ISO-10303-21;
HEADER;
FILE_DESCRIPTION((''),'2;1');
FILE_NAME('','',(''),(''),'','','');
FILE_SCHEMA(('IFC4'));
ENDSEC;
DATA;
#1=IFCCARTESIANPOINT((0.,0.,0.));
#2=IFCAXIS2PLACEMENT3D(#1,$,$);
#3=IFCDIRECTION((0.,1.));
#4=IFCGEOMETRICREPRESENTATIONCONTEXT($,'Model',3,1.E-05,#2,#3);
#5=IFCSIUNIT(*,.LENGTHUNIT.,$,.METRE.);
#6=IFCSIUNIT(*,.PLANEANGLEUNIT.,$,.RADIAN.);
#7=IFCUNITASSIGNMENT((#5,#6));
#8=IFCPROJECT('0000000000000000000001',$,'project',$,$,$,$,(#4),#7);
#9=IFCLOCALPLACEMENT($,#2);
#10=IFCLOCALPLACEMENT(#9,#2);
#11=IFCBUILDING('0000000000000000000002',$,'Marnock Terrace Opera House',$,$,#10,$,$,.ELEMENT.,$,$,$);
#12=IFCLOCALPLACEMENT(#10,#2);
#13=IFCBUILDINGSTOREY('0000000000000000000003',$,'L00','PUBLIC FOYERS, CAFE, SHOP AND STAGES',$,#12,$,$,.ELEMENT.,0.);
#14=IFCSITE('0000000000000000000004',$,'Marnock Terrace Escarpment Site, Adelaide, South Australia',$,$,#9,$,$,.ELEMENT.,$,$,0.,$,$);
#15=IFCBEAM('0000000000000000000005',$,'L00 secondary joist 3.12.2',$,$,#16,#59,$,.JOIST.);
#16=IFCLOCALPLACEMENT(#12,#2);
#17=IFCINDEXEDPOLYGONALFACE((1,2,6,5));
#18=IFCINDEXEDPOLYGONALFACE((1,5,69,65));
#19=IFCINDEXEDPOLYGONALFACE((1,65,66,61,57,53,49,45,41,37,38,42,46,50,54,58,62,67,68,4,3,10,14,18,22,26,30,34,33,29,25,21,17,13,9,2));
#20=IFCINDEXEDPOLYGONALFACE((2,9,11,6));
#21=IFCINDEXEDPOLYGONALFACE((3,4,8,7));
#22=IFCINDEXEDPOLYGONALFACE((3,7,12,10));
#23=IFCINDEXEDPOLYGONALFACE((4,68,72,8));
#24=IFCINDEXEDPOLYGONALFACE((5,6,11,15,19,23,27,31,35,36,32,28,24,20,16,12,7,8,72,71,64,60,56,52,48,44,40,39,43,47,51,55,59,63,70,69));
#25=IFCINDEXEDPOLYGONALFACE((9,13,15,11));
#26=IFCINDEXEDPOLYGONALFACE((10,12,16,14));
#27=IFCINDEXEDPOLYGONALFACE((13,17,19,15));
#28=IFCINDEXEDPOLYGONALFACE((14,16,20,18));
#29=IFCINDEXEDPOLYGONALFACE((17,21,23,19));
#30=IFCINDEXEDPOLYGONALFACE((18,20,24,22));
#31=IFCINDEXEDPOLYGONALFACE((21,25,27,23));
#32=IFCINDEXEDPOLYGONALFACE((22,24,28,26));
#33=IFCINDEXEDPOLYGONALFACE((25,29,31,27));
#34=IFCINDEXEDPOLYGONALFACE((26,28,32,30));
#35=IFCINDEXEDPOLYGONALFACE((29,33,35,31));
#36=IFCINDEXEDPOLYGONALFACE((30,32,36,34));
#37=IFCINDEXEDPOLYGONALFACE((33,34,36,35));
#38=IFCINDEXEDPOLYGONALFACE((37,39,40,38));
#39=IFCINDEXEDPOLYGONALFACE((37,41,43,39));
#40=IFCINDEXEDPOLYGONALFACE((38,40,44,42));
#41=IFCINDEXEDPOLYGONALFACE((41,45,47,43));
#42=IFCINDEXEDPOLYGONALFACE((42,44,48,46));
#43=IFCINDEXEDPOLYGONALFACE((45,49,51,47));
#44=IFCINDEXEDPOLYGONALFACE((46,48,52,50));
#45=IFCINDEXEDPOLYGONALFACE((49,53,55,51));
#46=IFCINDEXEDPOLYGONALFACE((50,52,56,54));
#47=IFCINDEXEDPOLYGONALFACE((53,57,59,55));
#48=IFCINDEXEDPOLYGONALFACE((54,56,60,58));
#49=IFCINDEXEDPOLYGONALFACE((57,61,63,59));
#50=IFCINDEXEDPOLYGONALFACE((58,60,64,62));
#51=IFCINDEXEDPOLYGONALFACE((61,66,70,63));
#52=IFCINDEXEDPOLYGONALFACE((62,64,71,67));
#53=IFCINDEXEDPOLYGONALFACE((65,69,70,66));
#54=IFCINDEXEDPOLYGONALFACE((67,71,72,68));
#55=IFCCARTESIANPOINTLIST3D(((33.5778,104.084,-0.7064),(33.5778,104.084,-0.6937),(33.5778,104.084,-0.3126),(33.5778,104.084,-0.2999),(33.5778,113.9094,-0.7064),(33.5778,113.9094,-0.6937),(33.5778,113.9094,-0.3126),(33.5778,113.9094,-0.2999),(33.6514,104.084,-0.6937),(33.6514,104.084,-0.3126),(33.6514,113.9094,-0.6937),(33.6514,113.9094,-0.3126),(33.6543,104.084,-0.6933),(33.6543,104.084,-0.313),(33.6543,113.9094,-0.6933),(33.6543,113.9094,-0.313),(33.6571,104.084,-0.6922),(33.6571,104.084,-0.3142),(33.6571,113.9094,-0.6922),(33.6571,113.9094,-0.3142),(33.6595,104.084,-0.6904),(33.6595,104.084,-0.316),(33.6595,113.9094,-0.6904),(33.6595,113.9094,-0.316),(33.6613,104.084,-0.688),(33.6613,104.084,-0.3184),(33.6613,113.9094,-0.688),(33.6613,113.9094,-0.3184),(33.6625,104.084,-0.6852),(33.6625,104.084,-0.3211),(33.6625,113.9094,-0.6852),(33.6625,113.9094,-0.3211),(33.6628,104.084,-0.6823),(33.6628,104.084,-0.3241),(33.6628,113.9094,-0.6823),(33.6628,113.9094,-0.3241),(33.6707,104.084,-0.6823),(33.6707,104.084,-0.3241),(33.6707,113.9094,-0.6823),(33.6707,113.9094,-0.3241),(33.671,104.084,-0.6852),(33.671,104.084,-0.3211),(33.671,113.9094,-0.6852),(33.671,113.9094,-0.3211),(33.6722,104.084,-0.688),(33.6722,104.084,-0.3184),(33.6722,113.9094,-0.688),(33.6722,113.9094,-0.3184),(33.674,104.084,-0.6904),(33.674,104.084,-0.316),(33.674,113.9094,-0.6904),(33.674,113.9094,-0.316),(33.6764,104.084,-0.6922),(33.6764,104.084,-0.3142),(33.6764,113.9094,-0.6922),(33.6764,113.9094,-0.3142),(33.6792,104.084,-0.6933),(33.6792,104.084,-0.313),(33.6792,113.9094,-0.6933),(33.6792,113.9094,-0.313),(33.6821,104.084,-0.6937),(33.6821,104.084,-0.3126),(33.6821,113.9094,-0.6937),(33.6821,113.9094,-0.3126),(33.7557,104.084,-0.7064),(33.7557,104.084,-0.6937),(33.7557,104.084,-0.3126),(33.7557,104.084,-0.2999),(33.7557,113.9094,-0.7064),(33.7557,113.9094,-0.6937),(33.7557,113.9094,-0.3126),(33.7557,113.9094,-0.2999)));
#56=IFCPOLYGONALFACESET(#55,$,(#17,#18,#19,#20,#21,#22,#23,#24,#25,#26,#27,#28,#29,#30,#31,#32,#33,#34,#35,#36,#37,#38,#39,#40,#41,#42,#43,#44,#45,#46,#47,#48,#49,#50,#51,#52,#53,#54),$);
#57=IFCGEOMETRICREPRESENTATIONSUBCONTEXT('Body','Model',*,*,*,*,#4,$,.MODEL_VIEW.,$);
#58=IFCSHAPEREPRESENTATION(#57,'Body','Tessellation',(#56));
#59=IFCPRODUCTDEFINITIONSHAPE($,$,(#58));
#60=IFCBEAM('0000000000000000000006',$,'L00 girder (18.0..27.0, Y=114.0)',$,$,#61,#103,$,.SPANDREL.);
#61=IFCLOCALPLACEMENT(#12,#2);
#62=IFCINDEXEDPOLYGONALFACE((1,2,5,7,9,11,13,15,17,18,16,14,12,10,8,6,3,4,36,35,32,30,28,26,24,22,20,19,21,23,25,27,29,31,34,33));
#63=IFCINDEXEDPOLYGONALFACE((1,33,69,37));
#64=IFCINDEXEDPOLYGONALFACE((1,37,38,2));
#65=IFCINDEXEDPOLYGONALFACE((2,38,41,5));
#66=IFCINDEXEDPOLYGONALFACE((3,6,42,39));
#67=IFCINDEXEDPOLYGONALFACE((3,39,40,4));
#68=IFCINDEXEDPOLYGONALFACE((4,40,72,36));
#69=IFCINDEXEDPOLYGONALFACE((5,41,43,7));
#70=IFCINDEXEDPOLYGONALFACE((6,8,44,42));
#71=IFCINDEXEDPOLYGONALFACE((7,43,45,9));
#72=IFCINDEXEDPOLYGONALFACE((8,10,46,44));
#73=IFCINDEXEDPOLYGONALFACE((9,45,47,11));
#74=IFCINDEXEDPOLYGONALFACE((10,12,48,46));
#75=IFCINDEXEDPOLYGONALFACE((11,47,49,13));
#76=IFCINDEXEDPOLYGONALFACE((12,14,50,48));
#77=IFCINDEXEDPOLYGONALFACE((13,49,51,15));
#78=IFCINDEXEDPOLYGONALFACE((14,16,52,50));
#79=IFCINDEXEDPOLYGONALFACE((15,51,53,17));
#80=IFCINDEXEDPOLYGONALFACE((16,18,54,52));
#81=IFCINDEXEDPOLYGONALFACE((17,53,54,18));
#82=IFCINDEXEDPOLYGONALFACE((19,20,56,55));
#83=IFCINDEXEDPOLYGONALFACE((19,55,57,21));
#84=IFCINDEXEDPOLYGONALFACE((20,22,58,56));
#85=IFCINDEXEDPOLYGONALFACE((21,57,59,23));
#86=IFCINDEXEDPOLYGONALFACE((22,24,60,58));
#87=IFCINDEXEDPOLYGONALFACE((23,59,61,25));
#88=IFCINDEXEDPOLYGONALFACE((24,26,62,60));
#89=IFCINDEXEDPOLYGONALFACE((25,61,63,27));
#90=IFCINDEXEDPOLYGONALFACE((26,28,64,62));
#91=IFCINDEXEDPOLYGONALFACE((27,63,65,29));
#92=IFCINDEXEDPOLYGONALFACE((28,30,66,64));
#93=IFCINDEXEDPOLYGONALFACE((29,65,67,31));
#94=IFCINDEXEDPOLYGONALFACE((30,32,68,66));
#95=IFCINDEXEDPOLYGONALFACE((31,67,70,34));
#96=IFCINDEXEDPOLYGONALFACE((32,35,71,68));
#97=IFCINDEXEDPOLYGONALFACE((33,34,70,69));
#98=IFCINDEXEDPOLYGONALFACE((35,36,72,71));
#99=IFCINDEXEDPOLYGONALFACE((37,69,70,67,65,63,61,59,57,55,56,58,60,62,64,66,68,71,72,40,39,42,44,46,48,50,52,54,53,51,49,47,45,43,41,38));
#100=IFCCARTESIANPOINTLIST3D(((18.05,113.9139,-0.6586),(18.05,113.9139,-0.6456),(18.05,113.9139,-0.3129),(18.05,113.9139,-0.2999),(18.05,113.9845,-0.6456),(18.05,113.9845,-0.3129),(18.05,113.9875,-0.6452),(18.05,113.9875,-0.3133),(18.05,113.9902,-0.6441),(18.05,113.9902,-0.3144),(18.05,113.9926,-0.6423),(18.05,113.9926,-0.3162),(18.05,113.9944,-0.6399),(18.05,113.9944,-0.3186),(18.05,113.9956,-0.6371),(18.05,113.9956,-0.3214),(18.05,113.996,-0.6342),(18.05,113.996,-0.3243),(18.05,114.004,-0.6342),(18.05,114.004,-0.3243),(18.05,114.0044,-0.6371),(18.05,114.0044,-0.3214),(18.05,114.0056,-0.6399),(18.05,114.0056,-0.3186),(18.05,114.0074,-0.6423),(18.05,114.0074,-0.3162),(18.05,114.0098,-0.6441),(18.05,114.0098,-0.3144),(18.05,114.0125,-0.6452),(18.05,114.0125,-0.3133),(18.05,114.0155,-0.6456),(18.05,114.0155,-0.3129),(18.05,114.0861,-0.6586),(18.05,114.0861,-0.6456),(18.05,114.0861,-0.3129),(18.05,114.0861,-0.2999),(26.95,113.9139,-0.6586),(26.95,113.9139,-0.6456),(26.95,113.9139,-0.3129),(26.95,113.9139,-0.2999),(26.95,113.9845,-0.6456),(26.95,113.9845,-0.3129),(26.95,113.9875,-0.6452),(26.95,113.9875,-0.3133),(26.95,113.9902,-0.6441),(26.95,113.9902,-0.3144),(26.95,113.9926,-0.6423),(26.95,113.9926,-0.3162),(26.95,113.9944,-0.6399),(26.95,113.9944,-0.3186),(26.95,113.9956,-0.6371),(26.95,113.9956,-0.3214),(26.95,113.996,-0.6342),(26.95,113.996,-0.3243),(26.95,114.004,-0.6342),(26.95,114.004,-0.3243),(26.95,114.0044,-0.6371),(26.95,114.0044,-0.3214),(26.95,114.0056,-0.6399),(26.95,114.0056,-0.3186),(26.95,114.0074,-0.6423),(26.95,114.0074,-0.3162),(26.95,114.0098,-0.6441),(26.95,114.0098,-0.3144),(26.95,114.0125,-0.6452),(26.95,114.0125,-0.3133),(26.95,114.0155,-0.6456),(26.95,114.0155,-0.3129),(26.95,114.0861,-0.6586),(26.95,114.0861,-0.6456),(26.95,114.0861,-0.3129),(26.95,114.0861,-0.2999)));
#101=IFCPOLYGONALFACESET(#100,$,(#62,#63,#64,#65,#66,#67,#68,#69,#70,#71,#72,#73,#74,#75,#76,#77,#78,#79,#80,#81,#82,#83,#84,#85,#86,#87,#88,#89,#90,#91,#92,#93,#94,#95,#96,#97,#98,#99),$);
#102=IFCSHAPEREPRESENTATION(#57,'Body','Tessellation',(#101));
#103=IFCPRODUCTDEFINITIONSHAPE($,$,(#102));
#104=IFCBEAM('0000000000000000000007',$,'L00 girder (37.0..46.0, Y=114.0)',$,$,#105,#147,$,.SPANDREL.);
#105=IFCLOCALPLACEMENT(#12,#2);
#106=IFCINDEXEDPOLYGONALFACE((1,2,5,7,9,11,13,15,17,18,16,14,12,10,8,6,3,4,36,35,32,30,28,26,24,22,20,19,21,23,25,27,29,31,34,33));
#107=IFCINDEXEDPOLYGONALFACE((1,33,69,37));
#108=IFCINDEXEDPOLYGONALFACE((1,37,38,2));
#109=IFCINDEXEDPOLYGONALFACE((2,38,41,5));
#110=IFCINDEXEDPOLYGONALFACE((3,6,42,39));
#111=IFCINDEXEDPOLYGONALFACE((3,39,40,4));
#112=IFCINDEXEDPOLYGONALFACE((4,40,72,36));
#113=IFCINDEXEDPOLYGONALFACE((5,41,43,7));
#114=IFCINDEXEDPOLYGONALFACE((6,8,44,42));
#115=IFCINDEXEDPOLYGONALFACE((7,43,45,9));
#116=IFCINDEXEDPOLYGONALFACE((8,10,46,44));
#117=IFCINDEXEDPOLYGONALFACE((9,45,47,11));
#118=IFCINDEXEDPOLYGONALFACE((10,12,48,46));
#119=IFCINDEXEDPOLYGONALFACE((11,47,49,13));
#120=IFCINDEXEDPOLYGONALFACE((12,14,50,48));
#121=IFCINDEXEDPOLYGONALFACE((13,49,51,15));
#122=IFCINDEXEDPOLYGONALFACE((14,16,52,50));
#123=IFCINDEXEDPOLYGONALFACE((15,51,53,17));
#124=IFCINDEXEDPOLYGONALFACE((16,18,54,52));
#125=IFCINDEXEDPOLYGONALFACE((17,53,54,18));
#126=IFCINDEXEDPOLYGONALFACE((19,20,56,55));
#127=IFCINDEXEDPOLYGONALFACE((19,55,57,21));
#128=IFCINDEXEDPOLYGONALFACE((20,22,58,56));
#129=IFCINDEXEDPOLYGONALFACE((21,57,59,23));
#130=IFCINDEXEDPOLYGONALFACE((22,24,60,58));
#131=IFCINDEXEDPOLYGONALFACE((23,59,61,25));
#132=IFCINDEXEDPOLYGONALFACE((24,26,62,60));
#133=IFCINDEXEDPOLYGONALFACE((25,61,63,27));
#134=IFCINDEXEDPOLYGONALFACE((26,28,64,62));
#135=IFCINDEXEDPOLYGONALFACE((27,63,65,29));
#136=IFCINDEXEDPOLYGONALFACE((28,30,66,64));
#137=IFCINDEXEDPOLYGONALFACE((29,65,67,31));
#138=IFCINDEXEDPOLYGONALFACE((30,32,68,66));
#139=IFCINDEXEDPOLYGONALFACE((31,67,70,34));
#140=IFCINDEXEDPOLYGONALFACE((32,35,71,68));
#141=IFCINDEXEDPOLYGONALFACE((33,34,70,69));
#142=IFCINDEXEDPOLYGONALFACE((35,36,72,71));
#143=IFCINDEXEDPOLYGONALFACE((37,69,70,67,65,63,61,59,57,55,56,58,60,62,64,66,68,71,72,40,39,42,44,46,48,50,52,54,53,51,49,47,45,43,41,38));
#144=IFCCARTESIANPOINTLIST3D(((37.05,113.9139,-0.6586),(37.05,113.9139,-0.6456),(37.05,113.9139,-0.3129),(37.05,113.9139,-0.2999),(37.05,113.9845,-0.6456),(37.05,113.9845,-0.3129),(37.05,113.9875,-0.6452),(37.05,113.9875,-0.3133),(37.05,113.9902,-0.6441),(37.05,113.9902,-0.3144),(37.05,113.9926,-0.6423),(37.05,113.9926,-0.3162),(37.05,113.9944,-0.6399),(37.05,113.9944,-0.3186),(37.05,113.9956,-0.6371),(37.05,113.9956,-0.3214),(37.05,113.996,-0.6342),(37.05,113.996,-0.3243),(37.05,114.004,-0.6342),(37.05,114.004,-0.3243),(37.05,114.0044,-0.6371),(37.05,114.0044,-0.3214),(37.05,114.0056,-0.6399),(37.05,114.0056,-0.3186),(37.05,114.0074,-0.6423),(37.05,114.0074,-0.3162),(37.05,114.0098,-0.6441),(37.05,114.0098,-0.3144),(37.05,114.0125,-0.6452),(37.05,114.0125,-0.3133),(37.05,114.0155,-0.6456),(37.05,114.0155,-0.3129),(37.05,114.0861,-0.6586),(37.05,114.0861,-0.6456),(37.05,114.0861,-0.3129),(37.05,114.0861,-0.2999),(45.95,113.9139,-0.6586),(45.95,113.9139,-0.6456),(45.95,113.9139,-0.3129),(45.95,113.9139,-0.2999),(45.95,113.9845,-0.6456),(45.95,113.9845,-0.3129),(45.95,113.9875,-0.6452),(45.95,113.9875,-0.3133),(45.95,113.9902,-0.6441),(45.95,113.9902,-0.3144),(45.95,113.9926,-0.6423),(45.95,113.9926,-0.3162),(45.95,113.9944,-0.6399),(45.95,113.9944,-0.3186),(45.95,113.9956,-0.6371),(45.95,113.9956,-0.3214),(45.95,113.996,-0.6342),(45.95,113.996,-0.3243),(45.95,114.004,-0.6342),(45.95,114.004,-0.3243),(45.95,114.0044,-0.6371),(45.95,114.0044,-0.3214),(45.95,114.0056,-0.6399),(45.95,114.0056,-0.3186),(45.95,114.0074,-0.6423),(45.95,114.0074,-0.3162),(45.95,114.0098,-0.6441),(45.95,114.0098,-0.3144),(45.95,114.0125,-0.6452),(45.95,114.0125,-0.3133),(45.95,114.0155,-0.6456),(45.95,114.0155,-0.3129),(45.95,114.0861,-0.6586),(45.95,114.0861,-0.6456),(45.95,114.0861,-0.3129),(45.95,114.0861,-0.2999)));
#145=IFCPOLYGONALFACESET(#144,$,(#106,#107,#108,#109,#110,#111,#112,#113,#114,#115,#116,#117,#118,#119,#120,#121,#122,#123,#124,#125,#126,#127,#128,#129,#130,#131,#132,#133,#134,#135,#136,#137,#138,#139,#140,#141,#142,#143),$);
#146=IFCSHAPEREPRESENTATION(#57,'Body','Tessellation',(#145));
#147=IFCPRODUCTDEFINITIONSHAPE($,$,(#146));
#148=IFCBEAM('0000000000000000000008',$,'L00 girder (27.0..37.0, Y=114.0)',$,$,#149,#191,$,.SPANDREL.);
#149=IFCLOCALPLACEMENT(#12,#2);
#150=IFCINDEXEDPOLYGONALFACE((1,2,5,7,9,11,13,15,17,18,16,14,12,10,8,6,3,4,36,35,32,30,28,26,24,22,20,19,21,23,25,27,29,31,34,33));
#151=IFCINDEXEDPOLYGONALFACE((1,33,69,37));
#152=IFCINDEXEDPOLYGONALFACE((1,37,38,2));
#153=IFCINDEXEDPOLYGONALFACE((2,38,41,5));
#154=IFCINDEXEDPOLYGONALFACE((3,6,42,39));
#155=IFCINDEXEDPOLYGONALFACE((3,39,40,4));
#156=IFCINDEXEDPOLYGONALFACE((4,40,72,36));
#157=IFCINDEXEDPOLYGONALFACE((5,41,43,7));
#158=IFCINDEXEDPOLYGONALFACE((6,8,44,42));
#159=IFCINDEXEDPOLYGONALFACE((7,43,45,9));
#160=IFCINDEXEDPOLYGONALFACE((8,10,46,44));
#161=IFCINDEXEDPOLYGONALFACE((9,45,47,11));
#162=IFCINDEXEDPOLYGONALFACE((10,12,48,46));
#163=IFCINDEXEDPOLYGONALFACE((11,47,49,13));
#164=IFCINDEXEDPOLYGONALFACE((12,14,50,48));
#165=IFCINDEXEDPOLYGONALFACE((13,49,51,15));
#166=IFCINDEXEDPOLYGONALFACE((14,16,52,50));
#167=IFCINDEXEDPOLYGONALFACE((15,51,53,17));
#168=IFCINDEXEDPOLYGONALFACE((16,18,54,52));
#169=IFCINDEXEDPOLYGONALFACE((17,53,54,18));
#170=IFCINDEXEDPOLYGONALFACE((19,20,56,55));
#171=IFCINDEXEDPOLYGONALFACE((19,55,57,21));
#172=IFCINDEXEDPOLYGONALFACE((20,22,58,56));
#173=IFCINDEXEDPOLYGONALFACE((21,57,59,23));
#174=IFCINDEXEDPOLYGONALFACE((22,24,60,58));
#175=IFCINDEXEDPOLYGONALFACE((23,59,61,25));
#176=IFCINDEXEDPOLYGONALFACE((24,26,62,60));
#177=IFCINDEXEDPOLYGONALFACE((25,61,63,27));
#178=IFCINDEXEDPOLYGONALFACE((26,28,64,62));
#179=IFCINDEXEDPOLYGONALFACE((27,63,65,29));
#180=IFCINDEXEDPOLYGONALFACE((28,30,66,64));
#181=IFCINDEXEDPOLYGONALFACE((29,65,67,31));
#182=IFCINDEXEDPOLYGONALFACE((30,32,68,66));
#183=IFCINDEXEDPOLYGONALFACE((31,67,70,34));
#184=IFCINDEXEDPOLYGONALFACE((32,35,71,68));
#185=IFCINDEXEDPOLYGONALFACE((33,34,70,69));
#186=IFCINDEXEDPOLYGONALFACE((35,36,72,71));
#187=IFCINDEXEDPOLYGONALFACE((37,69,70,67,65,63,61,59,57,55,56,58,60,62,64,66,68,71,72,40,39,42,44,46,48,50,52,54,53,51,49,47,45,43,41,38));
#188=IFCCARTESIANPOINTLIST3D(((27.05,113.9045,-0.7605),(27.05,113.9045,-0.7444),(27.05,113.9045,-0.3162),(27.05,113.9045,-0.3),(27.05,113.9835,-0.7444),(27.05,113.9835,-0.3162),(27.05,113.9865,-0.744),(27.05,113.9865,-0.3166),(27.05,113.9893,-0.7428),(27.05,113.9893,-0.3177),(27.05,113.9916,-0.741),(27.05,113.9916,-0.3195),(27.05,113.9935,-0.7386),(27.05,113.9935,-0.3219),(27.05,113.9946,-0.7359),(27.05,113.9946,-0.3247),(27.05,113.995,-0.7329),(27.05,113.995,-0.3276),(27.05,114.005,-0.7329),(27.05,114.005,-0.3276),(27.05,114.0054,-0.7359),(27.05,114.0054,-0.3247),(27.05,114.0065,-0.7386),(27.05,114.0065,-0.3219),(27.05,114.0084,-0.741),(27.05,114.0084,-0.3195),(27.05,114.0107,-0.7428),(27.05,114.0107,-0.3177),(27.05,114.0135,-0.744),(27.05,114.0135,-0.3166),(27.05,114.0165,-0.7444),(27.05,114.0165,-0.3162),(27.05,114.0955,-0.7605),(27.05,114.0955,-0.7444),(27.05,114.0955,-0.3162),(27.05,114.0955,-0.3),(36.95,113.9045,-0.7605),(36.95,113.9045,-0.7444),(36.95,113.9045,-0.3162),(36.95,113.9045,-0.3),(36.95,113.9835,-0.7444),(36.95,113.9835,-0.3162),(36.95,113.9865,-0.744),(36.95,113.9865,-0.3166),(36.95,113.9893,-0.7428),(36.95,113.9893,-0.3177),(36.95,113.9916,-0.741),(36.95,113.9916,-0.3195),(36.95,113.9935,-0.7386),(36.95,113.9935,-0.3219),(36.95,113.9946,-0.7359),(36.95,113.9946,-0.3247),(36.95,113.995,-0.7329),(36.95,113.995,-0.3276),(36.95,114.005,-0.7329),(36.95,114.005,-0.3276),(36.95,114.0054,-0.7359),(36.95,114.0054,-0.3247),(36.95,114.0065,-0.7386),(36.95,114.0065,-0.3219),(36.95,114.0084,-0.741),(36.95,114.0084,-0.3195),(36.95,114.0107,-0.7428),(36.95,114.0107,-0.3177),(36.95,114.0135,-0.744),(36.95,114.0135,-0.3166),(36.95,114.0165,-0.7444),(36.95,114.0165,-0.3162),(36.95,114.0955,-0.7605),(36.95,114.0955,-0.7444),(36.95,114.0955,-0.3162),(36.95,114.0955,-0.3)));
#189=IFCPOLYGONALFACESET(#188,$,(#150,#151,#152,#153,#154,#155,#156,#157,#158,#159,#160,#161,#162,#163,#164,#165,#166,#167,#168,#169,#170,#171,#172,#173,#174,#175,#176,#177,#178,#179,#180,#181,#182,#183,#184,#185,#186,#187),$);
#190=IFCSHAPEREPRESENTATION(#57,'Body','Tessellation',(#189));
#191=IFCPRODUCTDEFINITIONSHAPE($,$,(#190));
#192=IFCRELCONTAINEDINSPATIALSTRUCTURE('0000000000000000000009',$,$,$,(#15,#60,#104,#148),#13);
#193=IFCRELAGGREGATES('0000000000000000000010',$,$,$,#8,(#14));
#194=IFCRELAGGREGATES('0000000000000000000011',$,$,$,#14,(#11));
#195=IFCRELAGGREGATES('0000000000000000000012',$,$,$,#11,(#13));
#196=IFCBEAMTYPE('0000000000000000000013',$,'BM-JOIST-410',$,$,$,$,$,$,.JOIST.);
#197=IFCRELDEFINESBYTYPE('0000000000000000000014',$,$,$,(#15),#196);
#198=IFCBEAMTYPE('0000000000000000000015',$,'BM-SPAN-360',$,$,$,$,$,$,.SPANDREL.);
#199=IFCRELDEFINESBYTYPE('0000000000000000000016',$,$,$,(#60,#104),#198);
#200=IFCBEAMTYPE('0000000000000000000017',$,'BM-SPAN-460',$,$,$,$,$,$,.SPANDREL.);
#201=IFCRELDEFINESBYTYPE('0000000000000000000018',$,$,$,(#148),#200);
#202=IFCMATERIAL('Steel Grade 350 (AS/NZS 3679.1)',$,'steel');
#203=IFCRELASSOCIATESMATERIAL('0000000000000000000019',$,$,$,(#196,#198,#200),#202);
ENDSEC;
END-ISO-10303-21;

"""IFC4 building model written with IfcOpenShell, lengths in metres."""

from ifc_helpers import new_model, si_unit, direction, frame, origin, origin_2d, place, context, subcontext, project, spatial, i_section, extrude, material, material_profile, profile_set, type_object, element, save


model = new_model("IFC4")

# Units and contexts
model_context = context("Model", 3, precision=1e-05, world=origin(), true_north=direction((0.0, 1.0)))
body_context = subcontext(model_context, "Body", "Model", "MODEL_VIEW")
ifc_project = project(units=[si_unit("LENGTHUNIT", "METRE"), si_unit("PLANEANGLEUNIT", "RADIAN")], contexts=[model_context])

# Site, building, storey
site_placement = place(None, origin())
site = spatial("IfcSite", under=ifc_project, at=site_placement, Name="Marnock Terrace Escarpment Site, Adelaide, South Australia", CompositionType="ELEMENT", RefElevation=0.0)
building_placement = place(site_placement, origin())
building = spatial("IfcBuilding", under=site, at=building_placement, Name="Marnock Terrace Opera House", CompositionType="ELEMENT")
storey_placement = place(building_placement, origin())
storey = spatial("IfcBuildingStorey", under=building, at=storey_placement, Name="L00", Description="PUBLIC FOYERS, CAFE, SHOP AND STAGES", CompositionType="ELEMENT", Elevation=0.0)

# Shared definitions
ifc_material_1 = material(Name="Steel Grade 350 (AS/NZS 3679.1)", Category="steel")

# Beams
ifc_material_profile_1 = material_profile(ifc_material_1, i_section(OverallWidth=0.178, OverallDepth=0.4065, WebThickness=0.0078, FlangeThickness=0.0127, FilletRadius=0.0115, at=origin_2d()))
ifc_profile_set_1 = profile_set([ifc_material_profile_1], Name="Steel Grade 350 (AS/NZS 3679.1)")
beam_type_1 = type_object("IfcBeamType", Name="BM-JOIST-410", PredefinedType="JOIST", material=ifc_profile_set_1)
for number, where, z_axis, x_axis, name in (
    (1, (33.6667, 104.084, -0.5032), (0.0, 1.0, 0.0), (-1.0, 0.0, 0.0), "L00 secondary joist 3.12.2"),
):
    element("IfcBeam", number, at=place(storey_placement, frame(where, z_axis=z_axis, x_axis=x_axis)), inside=storey, type_object=beam_type_1, Name=name, PredefinedType="JOIST", context=body_context, shape_type="SweptSolid", body=[
        extrude(i_section(OverallWidth=0.178, OverallDepth=0.4065, WebThickness=0.0078, FlangeThickness=0.0127, FilletRadius=0.0115, at=origin_2d()), origin(), (0.0, 0.0, 1.0), 9.8254),
    ])
ifc_material_profile_2 = material_profile(ifc_material_1, i_section(OverallWidth=0.1721, OverallDepth=0.3586, WebThickness=0.0081, FlangeThickness=0.0129, FilletRadius=0.0115, at=origin_2d()))
ifc_profile_set_2 = profile_set([ifc_material_profile_2], Name="Steel Grade 350 (AS/NZS 3679.1)")
beam_type_2 = type_object("IfcBeamType", Name="BM-SPAN-360", PredefinedType="SPANDREL", material=ifc_profile_set_2)
for number, where, z_axis, x_axis, name in (
    (2, (18.05, 114.0, -0.4792), (1.0, 0.0, 0.0), (0.0, 1.0, 0.0), "L00 girder (18.0..27.0, Y=114.0)"),
    (3, (37.05, 114.0, -0.4792), (1.0, 0.0, 0.0), (0.0, 1.0, 0.0), "L00 girder (37.0..46.0, Y=114.0)"),
):
    element("IfcBeam", number, at=place(storey_placement, frame(where, z_axis=z_axis, x_axis=x_axis)), inside=storey, type_object=beam_type_2, Name=name, PredefinedType="SPANDREL", context=body_context, shape_type="SweptSolid", body=[
        extrude(i_section(OverallWidth=0.1721, OverallDepth=0.3586, WebThickness=0.0081, FlangeThickness=0.0129, FilletRadius=0.0115, at=origin_2d()), origin(), (0.0, 0.0, 1.0), 8.8999),
    ])
ifc_material_profile_3 = material_profile(ifc_material_1, i_section(OverallWidth=0.1909, OverallDepth=0.4604, WebThickness=0.01, FlangeThickness=0.0161, FilletRadius=0.0115, at=origin_2d()))
ifc_profile_set_3 = profile_set([ifc_material_profile_3], Name="Steel Grade 350 (AS/NZS 3679.1)")
beam_type_3 = type_object("IfcBeamType", Name="BM-SPAN-460", PredefinedType="SPANDREL", material=ifc_profile_set_3)
beam_1_placement = place(storey_placement, frame((27.05, 114.0, -0.5303), z_axis=(1.0, 0.0, 0.0), x_axis=(0.0, 1.0, 0.0)))
element("IfcBeam", 4, at=beam_1_placement, inside=storey, type_object=beam_type_3, Name="L00 girder (27.0..37.0, Y=114.0)", PredefinedType="SPANDREL", context=body_context, shape_type="SweptSolid", body=[
    extrude(i_section(OverallWidth=0.1909, OverallDepth=0.4604, WebThickness=0.01, FlangeThickness=0.0161, FilletRadius=0.0115, at=origin_2d()), origin(), (0.0, 0.0, 1.0), 9.8999),
])

save(model, "model.ifc")
